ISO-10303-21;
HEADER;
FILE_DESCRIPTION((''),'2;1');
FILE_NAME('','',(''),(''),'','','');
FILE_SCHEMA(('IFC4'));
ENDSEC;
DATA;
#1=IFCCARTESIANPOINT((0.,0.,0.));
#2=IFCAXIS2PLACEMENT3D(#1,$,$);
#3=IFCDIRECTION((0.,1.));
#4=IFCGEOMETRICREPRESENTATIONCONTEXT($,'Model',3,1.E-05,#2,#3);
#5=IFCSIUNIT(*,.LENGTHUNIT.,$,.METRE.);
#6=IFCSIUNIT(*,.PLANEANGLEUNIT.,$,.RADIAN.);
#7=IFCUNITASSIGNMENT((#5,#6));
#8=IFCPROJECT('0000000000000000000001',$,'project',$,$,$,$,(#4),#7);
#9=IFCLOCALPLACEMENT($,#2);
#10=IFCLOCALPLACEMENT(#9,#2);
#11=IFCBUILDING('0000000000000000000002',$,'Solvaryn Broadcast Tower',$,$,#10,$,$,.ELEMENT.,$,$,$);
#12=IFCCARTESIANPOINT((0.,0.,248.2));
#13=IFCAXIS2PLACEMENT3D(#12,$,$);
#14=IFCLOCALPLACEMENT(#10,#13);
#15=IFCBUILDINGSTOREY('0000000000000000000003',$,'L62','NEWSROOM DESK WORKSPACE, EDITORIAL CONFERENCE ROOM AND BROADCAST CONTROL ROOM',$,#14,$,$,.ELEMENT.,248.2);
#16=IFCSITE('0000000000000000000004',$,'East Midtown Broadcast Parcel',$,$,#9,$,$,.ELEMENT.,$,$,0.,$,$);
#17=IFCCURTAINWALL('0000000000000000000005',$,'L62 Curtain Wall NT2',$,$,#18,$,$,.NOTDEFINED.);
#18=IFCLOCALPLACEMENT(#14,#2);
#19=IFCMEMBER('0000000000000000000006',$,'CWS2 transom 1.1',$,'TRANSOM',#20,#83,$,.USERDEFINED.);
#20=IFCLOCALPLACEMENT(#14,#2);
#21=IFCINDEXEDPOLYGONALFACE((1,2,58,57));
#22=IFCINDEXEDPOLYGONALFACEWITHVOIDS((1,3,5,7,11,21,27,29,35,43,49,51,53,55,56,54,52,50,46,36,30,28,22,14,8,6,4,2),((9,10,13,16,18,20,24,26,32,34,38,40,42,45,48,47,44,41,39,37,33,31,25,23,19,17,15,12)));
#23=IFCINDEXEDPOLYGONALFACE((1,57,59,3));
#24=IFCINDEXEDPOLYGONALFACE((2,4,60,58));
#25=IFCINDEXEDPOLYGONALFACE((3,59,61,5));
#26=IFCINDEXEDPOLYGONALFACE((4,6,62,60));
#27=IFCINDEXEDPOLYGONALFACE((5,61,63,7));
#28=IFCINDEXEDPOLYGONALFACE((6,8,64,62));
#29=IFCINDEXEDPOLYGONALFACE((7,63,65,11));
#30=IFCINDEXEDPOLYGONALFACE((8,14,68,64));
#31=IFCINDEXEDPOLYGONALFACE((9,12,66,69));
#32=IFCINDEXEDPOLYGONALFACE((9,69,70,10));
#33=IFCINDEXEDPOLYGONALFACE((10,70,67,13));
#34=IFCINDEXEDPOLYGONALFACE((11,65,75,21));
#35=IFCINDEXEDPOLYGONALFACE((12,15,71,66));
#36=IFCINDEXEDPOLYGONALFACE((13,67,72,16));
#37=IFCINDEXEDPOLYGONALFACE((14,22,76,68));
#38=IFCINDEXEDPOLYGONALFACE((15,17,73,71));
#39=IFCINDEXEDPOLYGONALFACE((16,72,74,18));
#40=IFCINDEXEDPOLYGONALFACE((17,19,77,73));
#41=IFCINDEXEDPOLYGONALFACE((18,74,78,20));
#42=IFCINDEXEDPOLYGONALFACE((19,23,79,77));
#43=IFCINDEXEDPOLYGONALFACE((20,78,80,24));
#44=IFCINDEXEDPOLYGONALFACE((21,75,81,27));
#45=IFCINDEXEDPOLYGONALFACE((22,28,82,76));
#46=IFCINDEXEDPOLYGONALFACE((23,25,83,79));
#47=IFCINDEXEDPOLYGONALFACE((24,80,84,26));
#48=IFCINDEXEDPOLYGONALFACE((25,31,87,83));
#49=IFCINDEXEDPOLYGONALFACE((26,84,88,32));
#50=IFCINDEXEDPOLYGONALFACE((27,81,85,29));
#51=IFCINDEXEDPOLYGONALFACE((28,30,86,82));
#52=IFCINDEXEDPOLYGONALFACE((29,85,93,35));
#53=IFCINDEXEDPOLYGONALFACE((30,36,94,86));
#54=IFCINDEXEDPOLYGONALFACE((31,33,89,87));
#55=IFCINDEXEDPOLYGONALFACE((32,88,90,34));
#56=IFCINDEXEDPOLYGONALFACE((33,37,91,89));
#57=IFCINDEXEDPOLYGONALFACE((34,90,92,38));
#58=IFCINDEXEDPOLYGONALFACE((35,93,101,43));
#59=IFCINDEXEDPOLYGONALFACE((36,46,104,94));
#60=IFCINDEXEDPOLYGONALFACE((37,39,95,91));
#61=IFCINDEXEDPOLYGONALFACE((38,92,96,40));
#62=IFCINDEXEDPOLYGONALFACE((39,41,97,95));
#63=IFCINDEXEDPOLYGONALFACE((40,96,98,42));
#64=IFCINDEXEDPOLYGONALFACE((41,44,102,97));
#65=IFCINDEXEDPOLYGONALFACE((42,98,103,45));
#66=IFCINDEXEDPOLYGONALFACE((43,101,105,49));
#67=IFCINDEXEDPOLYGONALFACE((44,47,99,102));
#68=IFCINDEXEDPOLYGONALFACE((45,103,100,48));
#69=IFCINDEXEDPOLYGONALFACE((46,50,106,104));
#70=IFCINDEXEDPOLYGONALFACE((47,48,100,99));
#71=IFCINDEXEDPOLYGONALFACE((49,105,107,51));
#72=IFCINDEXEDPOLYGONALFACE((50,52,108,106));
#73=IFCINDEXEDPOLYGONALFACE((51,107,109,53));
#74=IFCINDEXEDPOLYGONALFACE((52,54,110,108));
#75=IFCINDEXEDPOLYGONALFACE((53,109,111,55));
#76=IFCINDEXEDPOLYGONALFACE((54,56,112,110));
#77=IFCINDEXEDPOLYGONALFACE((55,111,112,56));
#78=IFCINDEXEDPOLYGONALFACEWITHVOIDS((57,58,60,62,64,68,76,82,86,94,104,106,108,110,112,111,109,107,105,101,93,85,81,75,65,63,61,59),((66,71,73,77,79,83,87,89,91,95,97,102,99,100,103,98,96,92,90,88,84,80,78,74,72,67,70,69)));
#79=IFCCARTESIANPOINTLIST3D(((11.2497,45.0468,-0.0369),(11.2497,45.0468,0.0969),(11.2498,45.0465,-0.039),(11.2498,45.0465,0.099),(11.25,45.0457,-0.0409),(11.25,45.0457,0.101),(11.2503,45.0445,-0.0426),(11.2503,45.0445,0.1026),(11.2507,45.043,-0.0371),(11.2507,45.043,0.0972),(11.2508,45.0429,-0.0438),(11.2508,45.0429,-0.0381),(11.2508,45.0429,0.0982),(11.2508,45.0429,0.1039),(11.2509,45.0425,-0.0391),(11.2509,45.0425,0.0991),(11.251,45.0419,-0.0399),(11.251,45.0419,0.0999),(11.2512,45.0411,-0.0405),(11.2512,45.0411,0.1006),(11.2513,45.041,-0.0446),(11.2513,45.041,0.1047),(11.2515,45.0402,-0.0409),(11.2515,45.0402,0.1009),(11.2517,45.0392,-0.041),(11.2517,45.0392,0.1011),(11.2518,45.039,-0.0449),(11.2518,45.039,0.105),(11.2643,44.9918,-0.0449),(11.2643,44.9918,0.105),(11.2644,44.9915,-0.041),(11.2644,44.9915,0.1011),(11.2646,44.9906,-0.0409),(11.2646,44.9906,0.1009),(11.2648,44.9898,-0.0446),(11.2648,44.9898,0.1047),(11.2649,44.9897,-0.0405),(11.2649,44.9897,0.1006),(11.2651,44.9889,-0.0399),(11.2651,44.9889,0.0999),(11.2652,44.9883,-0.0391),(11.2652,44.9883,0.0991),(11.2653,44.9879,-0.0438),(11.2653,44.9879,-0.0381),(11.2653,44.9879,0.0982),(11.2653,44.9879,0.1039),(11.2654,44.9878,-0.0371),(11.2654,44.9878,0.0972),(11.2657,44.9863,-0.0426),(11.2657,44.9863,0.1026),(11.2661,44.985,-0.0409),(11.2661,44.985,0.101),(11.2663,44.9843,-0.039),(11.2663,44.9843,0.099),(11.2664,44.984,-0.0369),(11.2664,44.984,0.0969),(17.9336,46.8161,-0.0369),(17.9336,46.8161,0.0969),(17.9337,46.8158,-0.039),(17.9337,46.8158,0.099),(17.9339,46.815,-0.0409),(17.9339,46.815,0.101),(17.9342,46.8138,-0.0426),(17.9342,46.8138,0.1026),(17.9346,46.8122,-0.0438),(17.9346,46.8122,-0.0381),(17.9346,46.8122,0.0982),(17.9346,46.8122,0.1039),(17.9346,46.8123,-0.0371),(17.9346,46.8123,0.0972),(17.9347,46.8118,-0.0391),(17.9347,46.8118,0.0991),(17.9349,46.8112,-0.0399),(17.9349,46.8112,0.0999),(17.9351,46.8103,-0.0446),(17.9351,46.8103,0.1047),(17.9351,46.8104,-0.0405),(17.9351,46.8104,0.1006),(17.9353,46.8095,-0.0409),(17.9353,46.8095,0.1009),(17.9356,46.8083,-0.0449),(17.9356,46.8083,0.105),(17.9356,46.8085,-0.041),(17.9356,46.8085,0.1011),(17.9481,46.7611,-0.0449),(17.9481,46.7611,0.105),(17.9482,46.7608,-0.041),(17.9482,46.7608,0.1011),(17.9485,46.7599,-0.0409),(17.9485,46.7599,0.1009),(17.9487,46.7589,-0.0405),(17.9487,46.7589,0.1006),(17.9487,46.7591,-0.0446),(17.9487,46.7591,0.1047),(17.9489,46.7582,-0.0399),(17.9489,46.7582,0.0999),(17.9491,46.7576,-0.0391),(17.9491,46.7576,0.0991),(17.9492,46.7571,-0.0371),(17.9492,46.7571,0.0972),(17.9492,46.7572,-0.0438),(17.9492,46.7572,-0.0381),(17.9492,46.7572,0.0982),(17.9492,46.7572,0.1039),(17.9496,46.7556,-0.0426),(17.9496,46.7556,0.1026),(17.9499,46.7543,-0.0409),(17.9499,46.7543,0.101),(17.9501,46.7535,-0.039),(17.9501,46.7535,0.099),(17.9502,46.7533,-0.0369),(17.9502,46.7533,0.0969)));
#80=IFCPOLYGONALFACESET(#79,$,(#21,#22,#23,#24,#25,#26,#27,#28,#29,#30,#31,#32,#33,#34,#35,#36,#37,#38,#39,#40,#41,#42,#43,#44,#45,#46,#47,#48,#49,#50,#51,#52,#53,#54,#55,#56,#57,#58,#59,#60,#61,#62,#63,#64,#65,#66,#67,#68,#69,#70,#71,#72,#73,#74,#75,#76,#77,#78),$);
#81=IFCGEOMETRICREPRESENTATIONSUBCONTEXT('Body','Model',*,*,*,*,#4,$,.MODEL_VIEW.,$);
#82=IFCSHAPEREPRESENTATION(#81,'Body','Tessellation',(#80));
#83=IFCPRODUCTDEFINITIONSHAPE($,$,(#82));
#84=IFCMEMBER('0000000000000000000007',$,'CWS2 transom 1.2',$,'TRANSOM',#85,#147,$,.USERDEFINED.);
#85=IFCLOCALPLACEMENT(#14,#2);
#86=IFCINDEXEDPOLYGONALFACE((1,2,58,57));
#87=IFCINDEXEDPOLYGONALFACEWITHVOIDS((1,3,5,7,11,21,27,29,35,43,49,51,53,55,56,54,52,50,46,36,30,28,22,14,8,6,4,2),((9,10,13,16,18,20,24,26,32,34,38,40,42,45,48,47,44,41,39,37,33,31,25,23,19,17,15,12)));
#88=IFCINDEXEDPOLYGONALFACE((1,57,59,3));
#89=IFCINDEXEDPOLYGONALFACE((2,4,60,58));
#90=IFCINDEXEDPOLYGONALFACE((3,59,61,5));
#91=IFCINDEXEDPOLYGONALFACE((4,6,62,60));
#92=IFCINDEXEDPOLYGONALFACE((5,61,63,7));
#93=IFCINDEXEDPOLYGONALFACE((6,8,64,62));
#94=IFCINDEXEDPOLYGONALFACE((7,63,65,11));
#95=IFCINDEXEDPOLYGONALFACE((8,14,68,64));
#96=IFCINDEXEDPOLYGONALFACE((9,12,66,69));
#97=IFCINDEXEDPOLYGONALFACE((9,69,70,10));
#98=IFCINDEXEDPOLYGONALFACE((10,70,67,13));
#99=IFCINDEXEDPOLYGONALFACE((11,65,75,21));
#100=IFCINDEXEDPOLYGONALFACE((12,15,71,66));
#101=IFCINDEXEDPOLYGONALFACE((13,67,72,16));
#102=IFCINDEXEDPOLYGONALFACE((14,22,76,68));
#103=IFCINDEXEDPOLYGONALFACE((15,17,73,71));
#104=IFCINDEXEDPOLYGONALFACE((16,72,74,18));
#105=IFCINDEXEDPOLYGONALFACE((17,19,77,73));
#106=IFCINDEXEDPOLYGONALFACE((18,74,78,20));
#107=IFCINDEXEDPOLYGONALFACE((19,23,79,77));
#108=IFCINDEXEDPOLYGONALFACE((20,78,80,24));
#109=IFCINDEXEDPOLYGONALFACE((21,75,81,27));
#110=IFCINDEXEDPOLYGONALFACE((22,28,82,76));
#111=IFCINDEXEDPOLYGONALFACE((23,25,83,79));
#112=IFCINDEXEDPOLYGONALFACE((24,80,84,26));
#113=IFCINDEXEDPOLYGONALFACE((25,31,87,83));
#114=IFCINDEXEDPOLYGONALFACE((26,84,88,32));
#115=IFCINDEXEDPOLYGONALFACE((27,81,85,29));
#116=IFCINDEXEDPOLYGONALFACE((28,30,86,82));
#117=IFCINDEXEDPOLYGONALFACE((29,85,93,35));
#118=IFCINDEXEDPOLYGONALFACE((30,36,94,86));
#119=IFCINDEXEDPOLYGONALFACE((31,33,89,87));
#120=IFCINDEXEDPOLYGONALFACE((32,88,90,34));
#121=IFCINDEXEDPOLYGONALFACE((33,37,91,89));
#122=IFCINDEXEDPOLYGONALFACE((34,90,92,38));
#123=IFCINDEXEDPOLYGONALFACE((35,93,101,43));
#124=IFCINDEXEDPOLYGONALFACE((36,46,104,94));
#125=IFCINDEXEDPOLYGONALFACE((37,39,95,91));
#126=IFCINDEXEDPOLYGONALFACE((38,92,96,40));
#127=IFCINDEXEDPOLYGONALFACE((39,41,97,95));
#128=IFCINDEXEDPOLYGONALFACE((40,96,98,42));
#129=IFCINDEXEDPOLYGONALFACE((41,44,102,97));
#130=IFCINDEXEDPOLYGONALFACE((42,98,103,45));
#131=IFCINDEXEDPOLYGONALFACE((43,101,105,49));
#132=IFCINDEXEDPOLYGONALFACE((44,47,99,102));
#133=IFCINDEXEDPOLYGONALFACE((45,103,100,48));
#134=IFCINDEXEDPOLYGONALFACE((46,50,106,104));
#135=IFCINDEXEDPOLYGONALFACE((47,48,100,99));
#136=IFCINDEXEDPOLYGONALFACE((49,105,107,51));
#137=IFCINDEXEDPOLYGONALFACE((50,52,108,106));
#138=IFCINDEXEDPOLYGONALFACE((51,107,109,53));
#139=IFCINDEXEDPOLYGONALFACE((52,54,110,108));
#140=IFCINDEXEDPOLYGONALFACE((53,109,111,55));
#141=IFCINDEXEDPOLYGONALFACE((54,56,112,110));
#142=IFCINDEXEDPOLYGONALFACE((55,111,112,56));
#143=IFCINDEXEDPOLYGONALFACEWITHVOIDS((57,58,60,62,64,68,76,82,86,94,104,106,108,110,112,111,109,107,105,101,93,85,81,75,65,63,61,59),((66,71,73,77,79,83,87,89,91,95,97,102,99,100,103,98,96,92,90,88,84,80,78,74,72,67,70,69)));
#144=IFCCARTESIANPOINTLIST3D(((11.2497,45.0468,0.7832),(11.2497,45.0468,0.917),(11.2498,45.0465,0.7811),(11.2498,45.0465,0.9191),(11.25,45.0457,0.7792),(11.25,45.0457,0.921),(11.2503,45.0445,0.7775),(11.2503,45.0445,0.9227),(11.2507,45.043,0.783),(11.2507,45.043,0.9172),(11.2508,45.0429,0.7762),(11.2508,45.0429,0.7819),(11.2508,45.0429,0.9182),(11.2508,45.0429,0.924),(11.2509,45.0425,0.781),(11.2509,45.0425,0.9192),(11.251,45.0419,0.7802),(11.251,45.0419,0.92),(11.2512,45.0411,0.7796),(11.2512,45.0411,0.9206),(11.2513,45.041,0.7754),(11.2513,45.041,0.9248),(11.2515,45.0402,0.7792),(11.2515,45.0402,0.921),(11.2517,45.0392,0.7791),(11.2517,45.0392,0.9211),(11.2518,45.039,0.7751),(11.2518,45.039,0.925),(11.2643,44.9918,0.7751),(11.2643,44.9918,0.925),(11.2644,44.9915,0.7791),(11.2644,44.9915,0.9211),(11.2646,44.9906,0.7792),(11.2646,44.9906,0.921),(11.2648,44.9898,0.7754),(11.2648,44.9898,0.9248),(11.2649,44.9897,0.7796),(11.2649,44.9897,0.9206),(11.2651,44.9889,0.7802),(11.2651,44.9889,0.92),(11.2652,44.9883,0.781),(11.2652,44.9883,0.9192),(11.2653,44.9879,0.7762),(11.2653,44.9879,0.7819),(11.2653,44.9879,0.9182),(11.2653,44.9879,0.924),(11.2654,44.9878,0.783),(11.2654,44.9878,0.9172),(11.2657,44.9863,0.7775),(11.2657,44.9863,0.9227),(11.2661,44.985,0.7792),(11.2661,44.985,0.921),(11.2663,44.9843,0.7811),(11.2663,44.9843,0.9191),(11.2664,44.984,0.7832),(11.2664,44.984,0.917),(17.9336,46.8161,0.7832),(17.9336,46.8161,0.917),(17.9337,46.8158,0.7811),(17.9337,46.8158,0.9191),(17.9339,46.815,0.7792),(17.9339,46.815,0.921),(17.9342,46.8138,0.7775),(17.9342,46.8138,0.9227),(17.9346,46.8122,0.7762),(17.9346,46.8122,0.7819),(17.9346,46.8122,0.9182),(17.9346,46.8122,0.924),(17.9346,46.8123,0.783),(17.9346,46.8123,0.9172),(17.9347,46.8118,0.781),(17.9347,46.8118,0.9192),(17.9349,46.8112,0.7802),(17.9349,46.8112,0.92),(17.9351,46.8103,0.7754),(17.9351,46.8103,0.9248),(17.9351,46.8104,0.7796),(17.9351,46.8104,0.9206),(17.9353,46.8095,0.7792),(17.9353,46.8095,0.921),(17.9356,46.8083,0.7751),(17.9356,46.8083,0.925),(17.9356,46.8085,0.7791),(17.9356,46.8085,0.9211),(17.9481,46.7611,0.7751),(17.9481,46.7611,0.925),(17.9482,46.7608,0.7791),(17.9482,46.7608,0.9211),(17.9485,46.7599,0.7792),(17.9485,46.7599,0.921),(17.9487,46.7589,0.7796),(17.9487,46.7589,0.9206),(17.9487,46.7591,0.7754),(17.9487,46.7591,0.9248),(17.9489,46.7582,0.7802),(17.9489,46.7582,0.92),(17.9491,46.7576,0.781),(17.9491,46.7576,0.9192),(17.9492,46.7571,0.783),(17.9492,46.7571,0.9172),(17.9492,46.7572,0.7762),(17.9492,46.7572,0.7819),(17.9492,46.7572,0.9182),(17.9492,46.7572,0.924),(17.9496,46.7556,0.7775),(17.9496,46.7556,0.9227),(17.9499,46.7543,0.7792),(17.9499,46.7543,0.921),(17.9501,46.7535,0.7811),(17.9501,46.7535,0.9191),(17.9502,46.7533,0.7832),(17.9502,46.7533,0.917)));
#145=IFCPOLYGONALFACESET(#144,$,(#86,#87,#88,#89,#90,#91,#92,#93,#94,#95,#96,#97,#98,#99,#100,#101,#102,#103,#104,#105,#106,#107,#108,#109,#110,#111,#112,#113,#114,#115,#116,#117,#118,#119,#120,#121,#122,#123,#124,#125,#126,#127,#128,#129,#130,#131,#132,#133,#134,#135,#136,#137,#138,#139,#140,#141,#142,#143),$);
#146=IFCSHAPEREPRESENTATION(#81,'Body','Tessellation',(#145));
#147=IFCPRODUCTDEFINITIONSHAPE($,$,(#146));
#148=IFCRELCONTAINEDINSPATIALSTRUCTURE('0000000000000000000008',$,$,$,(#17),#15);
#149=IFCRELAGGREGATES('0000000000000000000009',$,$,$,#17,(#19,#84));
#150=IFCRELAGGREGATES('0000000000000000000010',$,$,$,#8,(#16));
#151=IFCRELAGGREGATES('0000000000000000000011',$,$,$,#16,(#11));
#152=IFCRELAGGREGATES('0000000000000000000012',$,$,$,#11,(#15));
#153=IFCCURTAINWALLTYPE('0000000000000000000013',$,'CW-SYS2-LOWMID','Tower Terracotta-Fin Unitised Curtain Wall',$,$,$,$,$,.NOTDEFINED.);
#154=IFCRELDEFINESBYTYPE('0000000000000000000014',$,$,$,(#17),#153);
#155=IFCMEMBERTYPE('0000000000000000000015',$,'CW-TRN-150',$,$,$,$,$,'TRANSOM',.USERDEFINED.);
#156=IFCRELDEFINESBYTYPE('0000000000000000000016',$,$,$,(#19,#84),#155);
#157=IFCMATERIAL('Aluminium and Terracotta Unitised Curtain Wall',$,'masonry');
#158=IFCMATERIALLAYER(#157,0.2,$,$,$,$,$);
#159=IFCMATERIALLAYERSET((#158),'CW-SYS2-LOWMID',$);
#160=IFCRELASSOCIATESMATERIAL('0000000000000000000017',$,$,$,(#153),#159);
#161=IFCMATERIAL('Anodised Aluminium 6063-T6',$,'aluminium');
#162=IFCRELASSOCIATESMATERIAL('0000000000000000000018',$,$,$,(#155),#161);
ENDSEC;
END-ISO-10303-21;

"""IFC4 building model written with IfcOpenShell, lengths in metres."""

from ifc_helpers import new_model, si_unit, direction, frame, origin, origin_2d, place, context, subcontext, project, spatial, hollow_rectangle, extrude, material, layer, layer_set, material_profile, profile_set, type_object, element, aggregate, save


model = new_model("IFC4")

# Units and contexts
model_context = context("Model", 3, precision=1e-05, world=origin(), true_north=direction((0.0, 1.0)))
body_context = subcontext(model_context, "Body", "Model", "MODEL_VIEW")
ifc_project = project(units=[si_unit("LENGTHUNIT", "METRE"), si_unit("PLANEANGLEUNIT", "RADIAN")], contexts=[model_context])

# Site, building, storey
site_placement = place(None, origin())
site = spatial("IfcSite", under=ifc_project, at=site_placement, Name="East Midtown Broadcast Parcel", CompositionType="ELEMENT", RefElevation=0.0)
building_placement = place(site_placement, origin())
building = spatial("IfcBuilding", under=site, at=building_placement, Name="Solvaryn Broadcast Tower", CompositionType="ELEMENT")
storey_placement = place(building_placement, frame((0.0, 0.0, 248.2)))
storey = spatial("IfcBuildingStorey", under=building, at=storey_placement, Name="L62", Description="NEWSROOM DESK WORKSPACE, EDITORIAL CONFERENCE ROOM AND BROADCAST CONTROL ROOM", CompositionType="ELEMENT", Elevation=248.2)

# Shared definitions
ifc_material_1 = material(Name="Aluminium and Terracotta Unitised Curtain Wall", Category="masonry")
ifc_layer_1 = layer(ifc_material_1, 0.2)
ifc_layer_set_1 = layer_set([ifc_layer_1], Name="CW-SYS2-LOWMID")
curtain_wall_type = type_object("IfcCurtainWallType", Name="CW-SYS2-LOWMID", Description="Tower Terracotta-Fin Unitised Curtain Wall", PredefinedType="NOTDEFINED", material=ifc_layer_set_1)

# Curtain wall
curtain_wall_1_placement = place(storey_placement, origin())
curtain_wall_1 = element("IfcCurtainWall", 1, at=curtain_wall_1_placement, inside=storey, type_object=curtain_wall_type, Name="L62 Curtain Wall NT2", PredefinedType="NOTDEFINED")

# Members
ifc_material_2 = material(Name="Anodised Aluminium 6063-T6", Category="aluminium")
ifc_material_profile_1 = material_profile(ifc_material_2, hollow_rectangle(XDim=0.0649, YDim=0.1499, WallThickness=0.0039, InnerFilletRadius=0.0039, OuterFilletRadius=0.0081, at=origin_2d()))
ifc_profile_set_1 = profile_set([ifc_material_profile_1], Name="Anodised Aluminium 6063-T6")
member_type_1 = type_object("IfcMemberType", Name="CW-TRN-150", ElementType="TRANSOM", PredefinedType="USERDEFINED", material=ifc_profile_set_1)
member_1_placement = place(storey_placement, frame((17.9419, 46.7847, 0.03), z_axis=(-0.966704, -0.255897, 0.0), x_axis=(0.255897, -0.966704, 0.0)))
member_1 = element("IfcMember", 2, at=member_1_placement, type_object=member_type_1, Name="CWS2 transom 1.1", ObjectType="TRANSOM", PredefinedType="USERDEFINED", context=body_context, shape_type="SweptSolid", body=[
    extrude(hollow_rectangle(XDim=0.0649, YDim=0.1499, WallThickness=0.0039, InnerFilletRadius=0.0039, OuterFilletRadius=0.0081, at=origin_2d()), origin(), (0.0, 0.0, 1.0), 6.9141),
])
member_2_placement = place(storey_placement, frame((17.9419, 46.7847, 0.8501), z_axis=(-0.966704, -0.255897, 0.0), x_axis=(0.255897, -0.966704, 0.0)))
member_2 = element("IfcMember", 3, at=member_2_placement, type_object=member_type_1, Name="CWS2 transom 1.2", ObjectType="TRANSOM", PredefinedType="USERDEFINED", context=body_context, shape_type="SweptSolid", body=[
    extrude(hollow_rectangle(XDim=0.0649, YDim=0.1499, WallThickness=0.0039, InnerFilletRadius=0.0039, OuterFilletRadius=0.0081, at=origin_2d()), origin(), (0.0, 0.0, 1.0), 6.9141),
])

aggregate(curtain_wall_1, [member_1, member_2])

save(model, "model.ifc")
